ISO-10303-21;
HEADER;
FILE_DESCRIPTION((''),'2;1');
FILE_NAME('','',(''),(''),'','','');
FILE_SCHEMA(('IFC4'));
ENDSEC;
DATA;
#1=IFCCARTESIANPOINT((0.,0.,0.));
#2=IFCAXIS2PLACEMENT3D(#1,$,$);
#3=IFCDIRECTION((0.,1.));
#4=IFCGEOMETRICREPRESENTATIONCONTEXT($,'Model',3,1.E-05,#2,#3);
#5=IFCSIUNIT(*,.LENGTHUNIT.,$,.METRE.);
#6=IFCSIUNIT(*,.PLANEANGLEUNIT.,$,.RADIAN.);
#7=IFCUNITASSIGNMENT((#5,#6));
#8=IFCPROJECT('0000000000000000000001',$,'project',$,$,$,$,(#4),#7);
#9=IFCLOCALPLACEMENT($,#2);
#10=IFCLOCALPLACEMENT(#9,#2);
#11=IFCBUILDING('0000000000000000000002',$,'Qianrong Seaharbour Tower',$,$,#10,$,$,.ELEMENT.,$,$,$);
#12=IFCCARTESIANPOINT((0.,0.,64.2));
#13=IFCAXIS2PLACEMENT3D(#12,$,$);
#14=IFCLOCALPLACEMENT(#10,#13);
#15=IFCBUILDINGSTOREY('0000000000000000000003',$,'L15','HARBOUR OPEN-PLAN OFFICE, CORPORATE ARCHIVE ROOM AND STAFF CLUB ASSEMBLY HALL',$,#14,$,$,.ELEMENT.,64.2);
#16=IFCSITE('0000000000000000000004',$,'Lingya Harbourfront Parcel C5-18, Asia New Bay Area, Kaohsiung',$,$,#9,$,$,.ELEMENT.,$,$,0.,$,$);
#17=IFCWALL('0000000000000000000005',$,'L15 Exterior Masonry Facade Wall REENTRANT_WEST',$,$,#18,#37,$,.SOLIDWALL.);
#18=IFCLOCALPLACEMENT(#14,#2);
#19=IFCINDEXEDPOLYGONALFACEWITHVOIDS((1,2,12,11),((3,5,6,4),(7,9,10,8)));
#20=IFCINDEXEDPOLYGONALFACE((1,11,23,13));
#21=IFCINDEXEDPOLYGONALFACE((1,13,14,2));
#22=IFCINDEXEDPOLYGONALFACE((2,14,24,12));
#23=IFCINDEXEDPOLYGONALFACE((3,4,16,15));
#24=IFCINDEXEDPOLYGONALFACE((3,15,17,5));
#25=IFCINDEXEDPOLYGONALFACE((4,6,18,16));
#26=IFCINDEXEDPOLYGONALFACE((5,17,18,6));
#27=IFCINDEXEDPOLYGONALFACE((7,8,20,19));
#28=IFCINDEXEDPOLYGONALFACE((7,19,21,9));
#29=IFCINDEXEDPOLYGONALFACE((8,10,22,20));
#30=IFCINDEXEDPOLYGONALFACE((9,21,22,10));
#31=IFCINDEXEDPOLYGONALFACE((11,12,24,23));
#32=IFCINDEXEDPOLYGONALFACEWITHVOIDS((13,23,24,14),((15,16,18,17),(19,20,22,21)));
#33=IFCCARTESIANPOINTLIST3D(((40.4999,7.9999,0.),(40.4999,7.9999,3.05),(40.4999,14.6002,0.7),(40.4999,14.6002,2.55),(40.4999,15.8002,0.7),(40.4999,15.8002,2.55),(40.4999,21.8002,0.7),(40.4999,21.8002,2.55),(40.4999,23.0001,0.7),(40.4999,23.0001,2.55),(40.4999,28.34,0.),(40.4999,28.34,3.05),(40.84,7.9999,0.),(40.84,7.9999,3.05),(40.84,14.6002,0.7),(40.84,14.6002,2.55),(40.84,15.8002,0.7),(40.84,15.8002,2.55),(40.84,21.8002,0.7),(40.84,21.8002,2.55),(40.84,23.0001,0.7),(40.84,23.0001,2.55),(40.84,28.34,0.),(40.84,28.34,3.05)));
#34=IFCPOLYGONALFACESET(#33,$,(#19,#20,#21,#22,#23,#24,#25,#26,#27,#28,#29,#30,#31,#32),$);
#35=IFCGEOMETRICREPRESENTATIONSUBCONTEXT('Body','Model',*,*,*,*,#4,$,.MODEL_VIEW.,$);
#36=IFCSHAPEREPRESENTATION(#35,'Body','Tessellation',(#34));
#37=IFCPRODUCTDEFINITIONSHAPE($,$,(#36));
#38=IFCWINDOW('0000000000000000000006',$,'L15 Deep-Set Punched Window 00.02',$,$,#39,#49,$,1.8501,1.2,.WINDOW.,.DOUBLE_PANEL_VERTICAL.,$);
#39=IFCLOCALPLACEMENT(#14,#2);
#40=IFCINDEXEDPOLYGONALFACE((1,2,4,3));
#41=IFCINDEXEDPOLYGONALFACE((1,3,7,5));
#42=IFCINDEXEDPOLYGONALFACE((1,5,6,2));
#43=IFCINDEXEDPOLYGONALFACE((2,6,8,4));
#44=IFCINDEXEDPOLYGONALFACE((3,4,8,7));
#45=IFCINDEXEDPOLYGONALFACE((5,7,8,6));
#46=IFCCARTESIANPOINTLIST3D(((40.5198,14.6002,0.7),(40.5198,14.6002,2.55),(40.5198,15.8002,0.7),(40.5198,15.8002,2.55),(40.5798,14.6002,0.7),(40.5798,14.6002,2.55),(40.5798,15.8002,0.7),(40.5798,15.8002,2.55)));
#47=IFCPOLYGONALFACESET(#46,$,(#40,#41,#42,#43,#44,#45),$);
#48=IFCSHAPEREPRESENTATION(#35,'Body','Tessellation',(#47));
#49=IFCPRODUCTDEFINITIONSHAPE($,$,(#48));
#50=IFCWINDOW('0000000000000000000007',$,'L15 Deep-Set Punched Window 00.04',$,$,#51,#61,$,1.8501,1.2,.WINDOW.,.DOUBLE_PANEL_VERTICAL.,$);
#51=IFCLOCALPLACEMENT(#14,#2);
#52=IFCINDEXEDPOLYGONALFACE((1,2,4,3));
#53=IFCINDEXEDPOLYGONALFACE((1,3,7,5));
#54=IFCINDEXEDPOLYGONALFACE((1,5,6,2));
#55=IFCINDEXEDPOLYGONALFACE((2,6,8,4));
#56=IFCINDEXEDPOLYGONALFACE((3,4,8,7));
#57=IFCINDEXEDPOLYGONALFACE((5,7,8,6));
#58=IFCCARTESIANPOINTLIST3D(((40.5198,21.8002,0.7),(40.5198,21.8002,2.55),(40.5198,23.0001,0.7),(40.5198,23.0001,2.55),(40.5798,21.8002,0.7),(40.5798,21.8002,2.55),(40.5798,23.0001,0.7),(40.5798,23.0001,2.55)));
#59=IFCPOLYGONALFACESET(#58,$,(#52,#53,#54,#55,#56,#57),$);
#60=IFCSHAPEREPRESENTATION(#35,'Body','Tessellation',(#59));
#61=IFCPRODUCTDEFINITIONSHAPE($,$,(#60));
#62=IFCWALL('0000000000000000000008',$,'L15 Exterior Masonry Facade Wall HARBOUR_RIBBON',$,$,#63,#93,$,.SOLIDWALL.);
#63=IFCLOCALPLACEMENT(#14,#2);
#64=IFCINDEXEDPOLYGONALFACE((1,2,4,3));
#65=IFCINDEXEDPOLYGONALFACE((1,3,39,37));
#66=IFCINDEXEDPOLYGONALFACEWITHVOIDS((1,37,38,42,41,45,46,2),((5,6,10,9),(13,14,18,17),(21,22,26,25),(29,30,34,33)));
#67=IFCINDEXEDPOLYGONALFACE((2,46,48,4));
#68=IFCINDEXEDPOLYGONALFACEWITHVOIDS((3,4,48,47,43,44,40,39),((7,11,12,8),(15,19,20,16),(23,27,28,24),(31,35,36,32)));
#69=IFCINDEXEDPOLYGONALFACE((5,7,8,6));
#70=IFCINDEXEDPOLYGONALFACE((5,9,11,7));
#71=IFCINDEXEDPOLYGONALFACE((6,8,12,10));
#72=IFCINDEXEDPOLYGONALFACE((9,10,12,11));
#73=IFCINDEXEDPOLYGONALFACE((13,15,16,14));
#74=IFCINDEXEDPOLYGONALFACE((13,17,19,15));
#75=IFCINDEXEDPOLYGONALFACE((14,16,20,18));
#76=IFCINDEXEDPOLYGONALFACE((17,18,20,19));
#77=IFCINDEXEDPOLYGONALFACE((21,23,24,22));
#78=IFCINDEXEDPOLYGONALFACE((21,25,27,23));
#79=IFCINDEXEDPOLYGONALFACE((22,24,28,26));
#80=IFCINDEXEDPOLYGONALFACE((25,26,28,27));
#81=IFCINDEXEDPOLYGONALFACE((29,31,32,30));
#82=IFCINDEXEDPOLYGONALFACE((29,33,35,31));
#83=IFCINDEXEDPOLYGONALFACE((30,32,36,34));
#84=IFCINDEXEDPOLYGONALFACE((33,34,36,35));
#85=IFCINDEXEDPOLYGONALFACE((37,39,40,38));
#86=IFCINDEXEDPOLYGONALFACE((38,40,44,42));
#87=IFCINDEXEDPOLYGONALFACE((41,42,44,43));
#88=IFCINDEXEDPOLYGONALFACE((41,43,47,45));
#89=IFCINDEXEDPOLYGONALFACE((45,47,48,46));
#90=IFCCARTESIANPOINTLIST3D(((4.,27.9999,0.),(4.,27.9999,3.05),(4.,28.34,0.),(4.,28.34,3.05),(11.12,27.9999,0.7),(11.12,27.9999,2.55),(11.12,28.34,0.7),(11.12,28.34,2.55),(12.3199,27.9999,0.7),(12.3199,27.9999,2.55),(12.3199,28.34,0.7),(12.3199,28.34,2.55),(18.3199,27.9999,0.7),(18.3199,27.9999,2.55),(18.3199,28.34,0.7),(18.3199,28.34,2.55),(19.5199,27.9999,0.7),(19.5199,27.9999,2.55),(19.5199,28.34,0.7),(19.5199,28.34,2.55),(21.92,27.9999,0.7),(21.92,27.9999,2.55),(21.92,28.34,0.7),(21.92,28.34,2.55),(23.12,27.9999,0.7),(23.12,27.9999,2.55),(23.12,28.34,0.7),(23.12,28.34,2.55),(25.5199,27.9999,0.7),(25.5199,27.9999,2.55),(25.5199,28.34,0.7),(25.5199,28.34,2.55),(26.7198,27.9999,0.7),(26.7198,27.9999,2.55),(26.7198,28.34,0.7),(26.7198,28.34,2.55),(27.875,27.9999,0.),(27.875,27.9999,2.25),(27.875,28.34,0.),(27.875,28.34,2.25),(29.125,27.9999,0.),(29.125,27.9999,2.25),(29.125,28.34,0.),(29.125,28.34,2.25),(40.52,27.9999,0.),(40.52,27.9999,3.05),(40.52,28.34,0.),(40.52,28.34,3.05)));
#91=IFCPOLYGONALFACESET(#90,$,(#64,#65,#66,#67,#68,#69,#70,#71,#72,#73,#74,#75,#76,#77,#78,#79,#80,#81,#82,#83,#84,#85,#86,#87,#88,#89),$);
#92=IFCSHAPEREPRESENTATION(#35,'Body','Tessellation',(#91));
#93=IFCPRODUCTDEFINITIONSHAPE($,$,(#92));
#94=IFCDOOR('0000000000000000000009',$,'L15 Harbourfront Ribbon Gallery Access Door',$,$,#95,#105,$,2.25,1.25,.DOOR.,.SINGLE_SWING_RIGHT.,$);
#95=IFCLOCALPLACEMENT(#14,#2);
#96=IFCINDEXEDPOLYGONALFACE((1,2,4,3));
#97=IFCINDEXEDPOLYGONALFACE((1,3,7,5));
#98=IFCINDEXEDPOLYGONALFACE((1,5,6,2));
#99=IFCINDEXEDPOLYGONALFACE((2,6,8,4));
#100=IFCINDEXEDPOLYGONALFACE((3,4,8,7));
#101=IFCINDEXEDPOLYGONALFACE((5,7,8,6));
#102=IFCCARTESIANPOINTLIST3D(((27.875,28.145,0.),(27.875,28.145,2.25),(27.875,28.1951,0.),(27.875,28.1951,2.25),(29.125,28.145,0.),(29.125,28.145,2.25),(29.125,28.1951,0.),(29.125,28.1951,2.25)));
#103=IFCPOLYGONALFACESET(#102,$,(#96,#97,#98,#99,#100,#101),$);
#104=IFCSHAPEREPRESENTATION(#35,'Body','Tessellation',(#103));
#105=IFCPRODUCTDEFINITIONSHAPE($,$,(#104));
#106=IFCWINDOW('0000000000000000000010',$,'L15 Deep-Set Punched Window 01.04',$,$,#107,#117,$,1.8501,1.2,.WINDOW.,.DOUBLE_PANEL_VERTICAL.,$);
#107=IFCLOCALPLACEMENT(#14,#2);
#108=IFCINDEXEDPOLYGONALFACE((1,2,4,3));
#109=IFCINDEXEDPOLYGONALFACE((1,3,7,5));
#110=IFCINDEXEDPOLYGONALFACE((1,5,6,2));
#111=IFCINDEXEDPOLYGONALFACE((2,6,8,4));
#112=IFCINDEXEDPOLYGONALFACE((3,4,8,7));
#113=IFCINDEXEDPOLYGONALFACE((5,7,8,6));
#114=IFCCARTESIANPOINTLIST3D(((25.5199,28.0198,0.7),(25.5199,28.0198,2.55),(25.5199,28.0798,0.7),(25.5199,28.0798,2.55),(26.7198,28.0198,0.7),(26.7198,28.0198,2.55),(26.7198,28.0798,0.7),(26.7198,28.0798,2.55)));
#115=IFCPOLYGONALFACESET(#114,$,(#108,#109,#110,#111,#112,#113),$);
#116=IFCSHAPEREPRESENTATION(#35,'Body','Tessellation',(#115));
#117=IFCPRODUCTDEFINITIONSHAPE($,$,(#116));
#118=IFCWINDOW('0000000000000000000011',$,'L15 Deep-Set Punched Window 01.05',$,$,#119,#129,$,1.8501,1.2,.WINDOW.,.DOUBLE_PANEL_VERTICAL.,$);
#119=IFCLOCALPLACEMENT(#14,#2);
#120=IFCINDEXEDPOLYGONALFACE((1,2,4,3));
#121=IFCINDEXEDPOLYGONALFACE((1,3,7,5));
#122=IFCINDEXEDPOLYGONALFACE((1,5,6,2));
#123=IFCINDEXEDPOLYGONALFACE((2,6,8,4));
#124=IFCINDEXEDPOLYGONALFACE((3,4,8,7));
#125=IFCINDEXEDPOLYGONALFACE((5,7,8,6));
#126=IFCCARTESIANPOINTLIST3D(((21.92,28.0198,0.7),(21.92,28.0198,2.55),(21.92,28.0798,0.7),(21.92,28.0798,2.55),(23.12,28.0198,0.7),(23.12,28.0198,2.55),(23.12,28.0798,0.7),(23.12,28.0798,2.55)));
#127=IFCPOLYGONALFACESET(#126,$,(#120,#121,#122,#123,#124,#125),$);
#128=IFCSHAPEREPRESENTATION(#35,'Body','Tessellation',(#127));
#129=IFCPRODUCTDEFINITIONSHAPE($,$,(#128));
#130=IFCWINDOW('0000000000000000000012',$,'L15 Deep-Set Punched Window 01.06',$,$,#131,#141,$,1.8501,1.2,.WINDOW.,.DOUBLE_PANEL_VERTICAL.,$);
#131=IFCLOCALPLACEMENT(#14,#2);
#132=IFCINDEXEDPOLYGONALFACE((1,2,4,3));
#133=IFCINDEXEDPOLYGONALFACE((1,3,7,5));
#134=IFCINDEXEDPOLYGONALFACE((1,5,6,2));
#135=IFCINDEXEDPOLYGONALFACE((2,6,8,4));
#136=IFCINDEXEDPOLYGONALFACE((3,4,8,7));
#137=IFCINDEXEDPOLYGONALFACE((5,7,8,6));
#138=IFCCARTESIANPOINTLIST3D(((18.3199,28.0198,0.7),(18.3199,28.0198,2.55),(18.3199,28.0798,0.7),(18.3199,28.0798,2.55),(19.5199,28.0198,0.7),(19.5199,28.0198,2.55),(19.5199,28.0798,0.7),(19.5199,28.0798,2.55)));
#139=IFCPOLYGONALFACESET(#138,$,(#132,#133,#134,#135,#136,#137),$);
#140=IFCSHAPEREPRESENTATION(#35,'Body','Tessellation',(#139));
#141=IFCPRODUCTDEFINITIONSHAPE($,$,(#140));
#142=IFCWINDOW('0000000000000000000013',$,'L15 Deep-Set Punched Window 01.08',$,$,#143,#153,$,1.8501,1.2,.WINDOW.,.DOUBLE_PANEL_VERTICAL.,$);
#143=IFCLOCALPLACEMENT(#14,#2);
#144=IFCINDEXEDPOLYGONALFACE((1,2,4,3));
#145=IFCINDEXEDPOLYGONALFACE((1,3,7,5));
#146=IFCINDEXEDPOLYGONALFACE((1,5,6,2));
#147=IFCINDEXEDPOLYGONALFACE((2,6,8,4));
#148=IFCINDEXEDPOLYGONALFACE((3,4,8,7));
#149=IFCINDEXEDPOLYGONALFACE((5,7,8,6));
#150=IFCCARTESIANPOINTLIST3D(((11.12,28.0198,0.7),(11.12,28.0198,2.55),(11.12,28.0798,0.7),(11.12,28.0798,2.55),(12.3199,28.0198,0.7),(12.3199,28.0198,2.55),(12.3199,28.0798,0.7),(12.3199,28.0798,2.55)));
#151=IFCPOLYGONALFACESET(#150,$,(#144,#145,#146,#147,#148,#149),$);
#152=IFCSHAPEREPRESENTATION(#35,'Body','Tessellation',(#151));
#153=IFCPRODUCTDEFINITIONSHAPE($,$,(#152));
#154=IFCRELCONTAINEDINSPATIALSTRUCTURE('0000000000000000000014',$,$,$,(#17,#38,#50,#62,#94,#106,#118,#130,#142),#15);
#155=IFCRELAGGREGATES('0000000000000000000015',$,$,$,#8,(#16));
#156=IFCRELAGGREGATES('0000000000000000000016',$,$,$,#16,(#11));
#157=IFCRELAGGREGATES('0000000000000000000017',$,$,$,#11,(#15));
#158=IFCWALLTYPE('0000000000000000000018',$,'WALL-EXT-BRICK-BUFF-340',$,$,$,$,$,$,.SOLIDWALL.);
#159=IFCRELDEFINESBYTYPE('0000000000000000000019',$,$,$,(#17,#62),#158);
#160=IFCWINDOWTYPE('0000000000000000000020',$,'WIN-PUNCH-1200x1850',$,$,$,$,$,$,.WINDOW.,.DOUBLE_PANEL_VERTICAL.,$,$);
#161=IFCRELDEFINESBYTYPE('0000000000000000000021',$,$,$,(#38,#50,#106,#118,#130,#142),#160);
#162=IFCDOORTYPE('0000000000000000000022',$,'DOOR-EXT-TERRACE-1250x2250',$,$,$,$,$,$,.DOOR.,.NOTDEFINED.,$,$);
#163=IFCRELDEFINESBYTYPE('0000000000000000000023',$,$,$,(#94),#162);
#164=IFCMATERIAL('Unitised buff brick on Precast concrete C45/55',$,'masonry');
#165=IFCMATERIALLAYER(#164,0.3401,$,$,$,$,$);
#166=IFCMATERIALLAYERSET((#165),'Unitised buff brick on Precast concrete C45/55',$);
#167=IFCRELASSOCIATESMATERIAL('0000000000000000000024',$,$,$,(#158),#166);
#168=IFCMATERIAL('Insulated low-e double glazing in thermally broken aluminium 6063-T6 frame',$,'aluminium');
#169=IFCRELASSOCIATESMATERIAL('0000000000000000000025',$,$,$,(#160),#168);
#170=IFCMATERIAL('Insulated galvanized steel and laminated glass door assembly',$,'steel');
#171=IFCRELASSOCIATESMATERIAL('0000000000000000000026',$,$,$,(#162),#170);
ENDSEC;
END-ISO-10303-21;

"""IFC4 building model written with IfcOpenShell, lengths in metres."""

from ifc_helpers import new_model, si_unit, direction, frame, frame_2d, origin, place, context, subcontext, project, spatial, rectangle, extrude, material, layer, layer_set, type_object, element, fill, save


model = new_model("IFC4")

# Units and contexts
model_context = context("Model", 3, precision=1e-05, world=origin(), true_north=direction((0.0, 1.0)))
body_context = subcontext(model_context, "Body", "Model", "MODEL_VIEW")
ifc_project = project(units=[si_unit("LENGTHUNIT", "METRE"), si_unit("PLANEANGLEUNIT", "RADIAN")], contexts=[model_context])

# Site, building, storey
site_placement = place(None, origin())
site = spatial("IfcSite", under=ifc_project, at=site_placement, Name="Lingya Harbourfront Parcel C5-18, Asia New Bay Area, Kaohsiung", CompositionType="ELEMENT", RefElevation=0.0)
building_placement = place(site_placement, origin())
building = spatial("IfcBuilding", under=site, at=building_placement, Name="Qianrong Seaharbour Tower", CompositionType="ELEMENT")
storey_placement = place(building_placement, frame((0.0, 0.0, 64.2)))
storey = spatial("IfcBuildingStorey", under=building, at=storey_placement, Name="L15", Description="HARBOUR OPEN-PLAN OFFICE, CORPORATE ARCHIVE ROOM AND STAFF CLUB ASSEMBLY HALL", CompositionType="ELEMENT", Elevation=64.2)

# Wall, openings, windows
ifc_material_1 = material(Name="Unitised buff brick on Precast concrete C45/55", Category="masonry")
ifc_layer_1 = layer(ifc_material_1, 0.3401)
ifc_layer_set_1 = layer_set([ifc_layer_1], Name="Unitised buff brick on Precast concrete C45/55")
wall_type_1 = type_object("IfcWallType", Name="WALL-EXT-BRICK-BUFF-340", PredefinedType="SOLIDWALL", material=ifc_layer_set_1)
wall_1_placement = place(storey_placement, frame((40.6699, 8.0, 0.0), z_axis=(0.0, 0.0, 1.0), x_axis=(0.0, 1.0, 0.0)))
wall_1 = element("IfcWall", 1, at=wall_1_placement, inside=storey, type_object=wall_type_1, Name="L15 Exterior Masonry Facade Wall REENTRANT_WEST", PredefinedType="SOLIDWALL", context=body_context, shape_type="SweptSolid", body=[
    extrude(rectangle(XDim=20.3401, YDim=0.3401, at=frame_2d((10.1699, 0.0))), origin(), (0.0, 0.0, 1.0), 3.05),
])
opening_1_placement = place(wall_1_placement, frame((6.6001, 0.0, 0.7)))
opening_1 = element("IfcOpeningElement", 2, at=opening_1_placement, cuts=wall_1, PredefinedType="OPENING", context=body_context, shape_type="SweptSolid", body=[
    extrude(rectangle(XDim=1.2, YDim=1.8501, at=frame_2d((0.6001, 0.925))), frame((0.0, 0.1802, 0.0), z_axis=(0.0, -1.0, 0.0), x_axis=(1.0, 0.0, 0.0)), (0.0, 0.0, 1.0), 0.3601),
])
opening_2_placement = place(wall_1_placement, frame((13.8, 0.0, 0.7)))
opening_2 = element("IfcOpeningElement", 3, at=opening_2_placement, cuts=wall_1, PredefinedType="OPENING", context=body_context, shape_type="SweptSolid", body=[
    extrude(rectangle(XDim=1.2, YDim=1.8501, at=frame_2d((0.6001, 0.925))), frame((0.0, 0.1802, 0.0), z_axis=(0.0, -1.0, 0.0), x_axis=(1.0, 0.0, 0.0)), (0.0, 0.0, 1.0), 0.3601),
])
ifc_material_2 = material(Name="Insulated low-e double glazing in thermally broken aluminium 6063-T6 frame", Category="aluminium")
window_type = type_object("IfcWindowType", Name="WIN-PUNCH-1200x1850", PartitioningType="DOUBLE_PANEL_VERTICAL", PredefinedType="WINDOW", material=ifc_material_2)
window_1_placement = place(opening_1_placement, origin())
window_1 = element("IfcWindow", 4, at=window_1_placement, inside=storey, type_object=window_type, Name="L15 Deep-Set Punched Window 00.02", OverallHeight=1.8501, OverallWidth=1.2, PartitioningType="DOUBLE_PANEL_VERTICAL", PredefinedType="WINDOW", context=body_context, shape_type="SweptSolid", body=[
    extrude(rectangle(XDim=1.2, YDim=1.8501, at=frame_2d((0.6001, 0.925))), frame((0.0, 0.1501, 0.0), z_axis=(0.0, -1.0, 0.0), x_axis=(1.0, 0.0, 0.0)), (0.0, 0.0, 1.0), 0.0601),
])
fill(opening_1, window_1)
window_2_placement = place(opening_2_placement, origin())
window_2 = element("IfcWindow", 5, at=window_2_placement, inside=storey, type_object=window_type, Name="L15 Deep-Set Punched Window 00.04", OverallHeight=1.8501, OverallWidth=1.2, PartitioningType="DOUBLE_PANEL_VERTICAL", PredefinedType="WINDOW", context=body_context, shape_type="SweptSolid", body=[
    extrude(rectangle(XDim=1.2, YDim=1.8501, at=frame_2d((0.6001, 0.925))), frame((0.0, 0.1501, 0.0), z_axis=(0.0, -1.0, 0.0), x_axis=(1.0, 0.0, 0.0)), (0.0, 0.0, 1.0), 0.0601),
])
fill(opening_2, window_2)

# Wall, openings, door, windows
wall_2_placement = place(storey_placement, frame((40.52, 28.1699, 0.0), z_axis=(0.0, 0.0, 1.0), x_axis=(-1.0, 0.0, 0.0)))
wall_2 = element("IfcWall", 6, at=wall_2_placement, inside=storey, type_object=wall_type_1, Name="L15 Exterior Masonry Facade Wall HARBOUR_RIBBON", PredefinedType="SOLIDWALL", context=body_context, shape_type="SweptSolid", body=[
    extrude(rectangle(XDim=36.52, YDim=0.3401, at=frame_2d((18.26, 0.0))), origin(), (0.0, 0.0, 1.0), 3.05),
])
opening_3_placement = place(wall_2_placement, frame((13.8, 0.0, 0.7)))
opening_3 = element("IfcOpeningElement", 7, at=opening_3_placement, cuts=wall_2, PredefinedType="OPENING", context=body_context, shape_type="SweptSolid", body=[
    extrude(rectangle(XDim=1.2, YDim=1.8501, at=frame_2d((0.6001, 0.925))), frame((0.0, 0.1802, 0.0), z_axis=(0.0, -1.0, 0.0), x_axis=(1.0, 0.0, 0.0)), (0.0, 0.0, 1.0), 0.3601),
])
opening_4_placement = place(wall_2_placement, frame((17.3999, 0.0, 0.7)))
opening_4 = element("IfcOpeningElement", 8, at=opening_4_placement, cuts=wall_2, PredefinedType="OPENING", context=body_context, shape_type="SweptSolid", body=[
    extrude(rectangle(XDim=1.2, YDim=1.8501, at=frame_2d((0.6001, 0.925))), frame((0.0, 0.1802, 0.0), z_axis=(0.0, -1.0, 0.0), x_axis=(1.0, 0.0, 0.0)), (0.0, 0.0, 1.0), 0.3601),
])
opening_5_placement = place(wall_2_placement, frame((21.0, 0.0, 0.7)))
opening_5 = element("IfcOpeningElement", 9, at=opening_5_placement, cuts=wall_2, PredefinedType="OPENING", context=body_context, shape_type="SweptSolid", body=[
    extrude(rectangle(XDim=1.2, YDim=1.8501, at=frame_2d((0.6001, 0.925))), frame((0.0, 0.1802, 0.0), z_axis=(0.0, -1.0, 0.0), x_axis=(1.0, 0.0, 0.0)), (0.0, 0.0, 1.0), 0.3601),
])
opening_6_placement = place(wall_2_placement, frame((28.2, 0.0, 0.7)))
opening_6 = element("IfcOpeningElement", 10, at=opening_6_placement, cuts=wall_2, PredefinedType="OPENING", context=body_context, shape_type="SweptSolid", body=[
    extrude(rectangle(XDim=1.2, YDim=1.8501, at=frame_2d((0.6001, 0.925))), frame((0.0, 0.1802, 0.0), z_axis=(0.0, -1.0, 0.0), x_axis=(1.0, 0.0, 0.0)), (0.0, 0.0, 1.0), 0.3601),
])
opening_7_placement = place(wall_2_placement, frame((11.395, 0.0, 0.0)))
opening_7 = element("IfcOpeningElement", 11, at=opening_7_placement, cuts=wall_2, PredefinedType="OPENING", context=body_context, shape_type="SweptSolid", body=[
    extrude(rectangle(XDim=1.25, YDim=2.25, at=frame_2d((0.625, 1.125))), frame((0.0, 0.1802, 0.0), z_axis=(0.0, -1.0, 0.0), x_axis=(1.0, 0.0, 0.0)), (0.0, 0.0, 1.0), 0.3601),
])
ifc_material_3 = material(Name="Insulated galvanized steel and laminated glass door assembly", Category="steel")
door_type = type_object("IfcDoorType", Name="DOOR-EXT-TERRACE-1250x2250", OperationType="NOTDEFINED", PredefinedType="DOOR", material=ifc_material_3)
door_placement = place(opening_7_placement, origin())
door = element("IfcDoor", 12, at=door_placement, inside=storey, type_object=door_type, Name="L15 Harbourfront Ribbon Gallery Access Door", OperationType="SINGLE_SWING_RIGHT", OverallHeight=2.25, OverallWidth=1.25, PredefinedType="DOOR", context=body_context, shape_type="SweptSolid", body=[
    extrude(rectangle(XDim=1.25, YDim=2.25, at=frame_2d((0.625, 1.125))), frame((0.0, 0.0249, 0.0), z_axis=(0.0, -1.0, 0.0), x_axis=(1.0, 0.0, 0.0)), (0.0, 0.0, 1.0), 0.05),
])
fill(opening_7, door)
window_3_placement = place(opening_3_placement, origin())
window_3 = element("IfcWindow", 13, at=window_3_placement, inside=storey, type_object=window_type, Name="L15 Deep-Set Punched Window 01.04", OverallHeight=1.8501, OverallWidth=1.2, PartitioningType="DOUBLE_PANEL_VERTICAL", PredefinedType="WINDOW", context=body_context, shape_type="SweptSolid", body=[
    extrude(rectangle(XDim=1.2, YDim=1.8501, at=frame_2d((0.6001, 0.925))), frame((0.0, 0.1501, 0.0), z_axis=(0.0, -1.0, 0.0), x_axis=(1.0, 0.0, 0.0)), (0.0, 0.0, 1.0), 0.0601),
])
fill(opening_3, window_3)
window_4_placement = place(opening_4_placement, origin())
window_4 = element("IfcWindow", 14, at=window_4_placement, inside=storey, type_object=window_type, Name="L15 Deep-Set Punched Window 01.05", OverallHeight=1.8501, OverallWidth=1.2, PartitioningType="DOUBLE_PANEL_VERTICAL", PredefinedType="WINDOW", context=body_context, shape_type="SweptSolid", body=[
    extrude(rectangle(XDim=1.2, YDim=1.8501, at=frame_2d((0.6001, 0.925))), frame((0.0, 0.1501, 0.0), z_axis=(0.0, -1.0, 0.0), x_axis=(1.0, 0.0, 0.0)), (0.0, 0.0, 1.0), 0.0601),
])
fill(opening_4, window_4)
window_5_placement = place(opening_5_placement, origin())
window_5 = element("IfcWindow", 15, at=window_5_placement, inside=storey, type_object=window_type, Name="L15 Deep-Set Punched Window 01.06", OverallHeight=1.8501, OverallWidth=1.2, PartitioningType="DOUBLE_PANEL_VERTICAL", PredefinedType="WINDOW", context=body_context, shape_type="SweptSolid", body=[
    extrude(rectangle(XDim=1.2, YDim=1.8501, at=frame_2d((0.6001, 0.925))), frame((0.0, 0.1501, 0.0), z_axis=(0.0, -1.0, 0.0), x_axis=(1.0, 0.0, 0.0)), (0.0, 0.0, 1.0), 0.0601),
])
fill(opening_5, window_5)
window_6_placement = place(opening_6_placement, origin())
window_6 = element("IfcWindow", 16, at=window_6_placement, inside=storey, type_object=window_type, Name="L15 Deep-Set Punched Window 01.08", OverallHeight=1.8501, OverallWidth=1.2, PartitioningType="DOUBLE_PANEL_VERTICAL", PredefinedType="WINDOW", context=body_context, shape_type="SweptSolid", body=[
    extrude(rectangle(XDim=1.2, YDim=1.8501, at=frame_2d((0.6001, 0.925))), frame((0.0, 0.1501, 0.0), z_axis=(0.0, -1.0, 0.0), x_axis=(1.0, 0.0, 0.0)), (0.0, 0.0, 1.0), 0.0601),
])
fill(opening_6, window_6)

save(model, "model.ifc")
